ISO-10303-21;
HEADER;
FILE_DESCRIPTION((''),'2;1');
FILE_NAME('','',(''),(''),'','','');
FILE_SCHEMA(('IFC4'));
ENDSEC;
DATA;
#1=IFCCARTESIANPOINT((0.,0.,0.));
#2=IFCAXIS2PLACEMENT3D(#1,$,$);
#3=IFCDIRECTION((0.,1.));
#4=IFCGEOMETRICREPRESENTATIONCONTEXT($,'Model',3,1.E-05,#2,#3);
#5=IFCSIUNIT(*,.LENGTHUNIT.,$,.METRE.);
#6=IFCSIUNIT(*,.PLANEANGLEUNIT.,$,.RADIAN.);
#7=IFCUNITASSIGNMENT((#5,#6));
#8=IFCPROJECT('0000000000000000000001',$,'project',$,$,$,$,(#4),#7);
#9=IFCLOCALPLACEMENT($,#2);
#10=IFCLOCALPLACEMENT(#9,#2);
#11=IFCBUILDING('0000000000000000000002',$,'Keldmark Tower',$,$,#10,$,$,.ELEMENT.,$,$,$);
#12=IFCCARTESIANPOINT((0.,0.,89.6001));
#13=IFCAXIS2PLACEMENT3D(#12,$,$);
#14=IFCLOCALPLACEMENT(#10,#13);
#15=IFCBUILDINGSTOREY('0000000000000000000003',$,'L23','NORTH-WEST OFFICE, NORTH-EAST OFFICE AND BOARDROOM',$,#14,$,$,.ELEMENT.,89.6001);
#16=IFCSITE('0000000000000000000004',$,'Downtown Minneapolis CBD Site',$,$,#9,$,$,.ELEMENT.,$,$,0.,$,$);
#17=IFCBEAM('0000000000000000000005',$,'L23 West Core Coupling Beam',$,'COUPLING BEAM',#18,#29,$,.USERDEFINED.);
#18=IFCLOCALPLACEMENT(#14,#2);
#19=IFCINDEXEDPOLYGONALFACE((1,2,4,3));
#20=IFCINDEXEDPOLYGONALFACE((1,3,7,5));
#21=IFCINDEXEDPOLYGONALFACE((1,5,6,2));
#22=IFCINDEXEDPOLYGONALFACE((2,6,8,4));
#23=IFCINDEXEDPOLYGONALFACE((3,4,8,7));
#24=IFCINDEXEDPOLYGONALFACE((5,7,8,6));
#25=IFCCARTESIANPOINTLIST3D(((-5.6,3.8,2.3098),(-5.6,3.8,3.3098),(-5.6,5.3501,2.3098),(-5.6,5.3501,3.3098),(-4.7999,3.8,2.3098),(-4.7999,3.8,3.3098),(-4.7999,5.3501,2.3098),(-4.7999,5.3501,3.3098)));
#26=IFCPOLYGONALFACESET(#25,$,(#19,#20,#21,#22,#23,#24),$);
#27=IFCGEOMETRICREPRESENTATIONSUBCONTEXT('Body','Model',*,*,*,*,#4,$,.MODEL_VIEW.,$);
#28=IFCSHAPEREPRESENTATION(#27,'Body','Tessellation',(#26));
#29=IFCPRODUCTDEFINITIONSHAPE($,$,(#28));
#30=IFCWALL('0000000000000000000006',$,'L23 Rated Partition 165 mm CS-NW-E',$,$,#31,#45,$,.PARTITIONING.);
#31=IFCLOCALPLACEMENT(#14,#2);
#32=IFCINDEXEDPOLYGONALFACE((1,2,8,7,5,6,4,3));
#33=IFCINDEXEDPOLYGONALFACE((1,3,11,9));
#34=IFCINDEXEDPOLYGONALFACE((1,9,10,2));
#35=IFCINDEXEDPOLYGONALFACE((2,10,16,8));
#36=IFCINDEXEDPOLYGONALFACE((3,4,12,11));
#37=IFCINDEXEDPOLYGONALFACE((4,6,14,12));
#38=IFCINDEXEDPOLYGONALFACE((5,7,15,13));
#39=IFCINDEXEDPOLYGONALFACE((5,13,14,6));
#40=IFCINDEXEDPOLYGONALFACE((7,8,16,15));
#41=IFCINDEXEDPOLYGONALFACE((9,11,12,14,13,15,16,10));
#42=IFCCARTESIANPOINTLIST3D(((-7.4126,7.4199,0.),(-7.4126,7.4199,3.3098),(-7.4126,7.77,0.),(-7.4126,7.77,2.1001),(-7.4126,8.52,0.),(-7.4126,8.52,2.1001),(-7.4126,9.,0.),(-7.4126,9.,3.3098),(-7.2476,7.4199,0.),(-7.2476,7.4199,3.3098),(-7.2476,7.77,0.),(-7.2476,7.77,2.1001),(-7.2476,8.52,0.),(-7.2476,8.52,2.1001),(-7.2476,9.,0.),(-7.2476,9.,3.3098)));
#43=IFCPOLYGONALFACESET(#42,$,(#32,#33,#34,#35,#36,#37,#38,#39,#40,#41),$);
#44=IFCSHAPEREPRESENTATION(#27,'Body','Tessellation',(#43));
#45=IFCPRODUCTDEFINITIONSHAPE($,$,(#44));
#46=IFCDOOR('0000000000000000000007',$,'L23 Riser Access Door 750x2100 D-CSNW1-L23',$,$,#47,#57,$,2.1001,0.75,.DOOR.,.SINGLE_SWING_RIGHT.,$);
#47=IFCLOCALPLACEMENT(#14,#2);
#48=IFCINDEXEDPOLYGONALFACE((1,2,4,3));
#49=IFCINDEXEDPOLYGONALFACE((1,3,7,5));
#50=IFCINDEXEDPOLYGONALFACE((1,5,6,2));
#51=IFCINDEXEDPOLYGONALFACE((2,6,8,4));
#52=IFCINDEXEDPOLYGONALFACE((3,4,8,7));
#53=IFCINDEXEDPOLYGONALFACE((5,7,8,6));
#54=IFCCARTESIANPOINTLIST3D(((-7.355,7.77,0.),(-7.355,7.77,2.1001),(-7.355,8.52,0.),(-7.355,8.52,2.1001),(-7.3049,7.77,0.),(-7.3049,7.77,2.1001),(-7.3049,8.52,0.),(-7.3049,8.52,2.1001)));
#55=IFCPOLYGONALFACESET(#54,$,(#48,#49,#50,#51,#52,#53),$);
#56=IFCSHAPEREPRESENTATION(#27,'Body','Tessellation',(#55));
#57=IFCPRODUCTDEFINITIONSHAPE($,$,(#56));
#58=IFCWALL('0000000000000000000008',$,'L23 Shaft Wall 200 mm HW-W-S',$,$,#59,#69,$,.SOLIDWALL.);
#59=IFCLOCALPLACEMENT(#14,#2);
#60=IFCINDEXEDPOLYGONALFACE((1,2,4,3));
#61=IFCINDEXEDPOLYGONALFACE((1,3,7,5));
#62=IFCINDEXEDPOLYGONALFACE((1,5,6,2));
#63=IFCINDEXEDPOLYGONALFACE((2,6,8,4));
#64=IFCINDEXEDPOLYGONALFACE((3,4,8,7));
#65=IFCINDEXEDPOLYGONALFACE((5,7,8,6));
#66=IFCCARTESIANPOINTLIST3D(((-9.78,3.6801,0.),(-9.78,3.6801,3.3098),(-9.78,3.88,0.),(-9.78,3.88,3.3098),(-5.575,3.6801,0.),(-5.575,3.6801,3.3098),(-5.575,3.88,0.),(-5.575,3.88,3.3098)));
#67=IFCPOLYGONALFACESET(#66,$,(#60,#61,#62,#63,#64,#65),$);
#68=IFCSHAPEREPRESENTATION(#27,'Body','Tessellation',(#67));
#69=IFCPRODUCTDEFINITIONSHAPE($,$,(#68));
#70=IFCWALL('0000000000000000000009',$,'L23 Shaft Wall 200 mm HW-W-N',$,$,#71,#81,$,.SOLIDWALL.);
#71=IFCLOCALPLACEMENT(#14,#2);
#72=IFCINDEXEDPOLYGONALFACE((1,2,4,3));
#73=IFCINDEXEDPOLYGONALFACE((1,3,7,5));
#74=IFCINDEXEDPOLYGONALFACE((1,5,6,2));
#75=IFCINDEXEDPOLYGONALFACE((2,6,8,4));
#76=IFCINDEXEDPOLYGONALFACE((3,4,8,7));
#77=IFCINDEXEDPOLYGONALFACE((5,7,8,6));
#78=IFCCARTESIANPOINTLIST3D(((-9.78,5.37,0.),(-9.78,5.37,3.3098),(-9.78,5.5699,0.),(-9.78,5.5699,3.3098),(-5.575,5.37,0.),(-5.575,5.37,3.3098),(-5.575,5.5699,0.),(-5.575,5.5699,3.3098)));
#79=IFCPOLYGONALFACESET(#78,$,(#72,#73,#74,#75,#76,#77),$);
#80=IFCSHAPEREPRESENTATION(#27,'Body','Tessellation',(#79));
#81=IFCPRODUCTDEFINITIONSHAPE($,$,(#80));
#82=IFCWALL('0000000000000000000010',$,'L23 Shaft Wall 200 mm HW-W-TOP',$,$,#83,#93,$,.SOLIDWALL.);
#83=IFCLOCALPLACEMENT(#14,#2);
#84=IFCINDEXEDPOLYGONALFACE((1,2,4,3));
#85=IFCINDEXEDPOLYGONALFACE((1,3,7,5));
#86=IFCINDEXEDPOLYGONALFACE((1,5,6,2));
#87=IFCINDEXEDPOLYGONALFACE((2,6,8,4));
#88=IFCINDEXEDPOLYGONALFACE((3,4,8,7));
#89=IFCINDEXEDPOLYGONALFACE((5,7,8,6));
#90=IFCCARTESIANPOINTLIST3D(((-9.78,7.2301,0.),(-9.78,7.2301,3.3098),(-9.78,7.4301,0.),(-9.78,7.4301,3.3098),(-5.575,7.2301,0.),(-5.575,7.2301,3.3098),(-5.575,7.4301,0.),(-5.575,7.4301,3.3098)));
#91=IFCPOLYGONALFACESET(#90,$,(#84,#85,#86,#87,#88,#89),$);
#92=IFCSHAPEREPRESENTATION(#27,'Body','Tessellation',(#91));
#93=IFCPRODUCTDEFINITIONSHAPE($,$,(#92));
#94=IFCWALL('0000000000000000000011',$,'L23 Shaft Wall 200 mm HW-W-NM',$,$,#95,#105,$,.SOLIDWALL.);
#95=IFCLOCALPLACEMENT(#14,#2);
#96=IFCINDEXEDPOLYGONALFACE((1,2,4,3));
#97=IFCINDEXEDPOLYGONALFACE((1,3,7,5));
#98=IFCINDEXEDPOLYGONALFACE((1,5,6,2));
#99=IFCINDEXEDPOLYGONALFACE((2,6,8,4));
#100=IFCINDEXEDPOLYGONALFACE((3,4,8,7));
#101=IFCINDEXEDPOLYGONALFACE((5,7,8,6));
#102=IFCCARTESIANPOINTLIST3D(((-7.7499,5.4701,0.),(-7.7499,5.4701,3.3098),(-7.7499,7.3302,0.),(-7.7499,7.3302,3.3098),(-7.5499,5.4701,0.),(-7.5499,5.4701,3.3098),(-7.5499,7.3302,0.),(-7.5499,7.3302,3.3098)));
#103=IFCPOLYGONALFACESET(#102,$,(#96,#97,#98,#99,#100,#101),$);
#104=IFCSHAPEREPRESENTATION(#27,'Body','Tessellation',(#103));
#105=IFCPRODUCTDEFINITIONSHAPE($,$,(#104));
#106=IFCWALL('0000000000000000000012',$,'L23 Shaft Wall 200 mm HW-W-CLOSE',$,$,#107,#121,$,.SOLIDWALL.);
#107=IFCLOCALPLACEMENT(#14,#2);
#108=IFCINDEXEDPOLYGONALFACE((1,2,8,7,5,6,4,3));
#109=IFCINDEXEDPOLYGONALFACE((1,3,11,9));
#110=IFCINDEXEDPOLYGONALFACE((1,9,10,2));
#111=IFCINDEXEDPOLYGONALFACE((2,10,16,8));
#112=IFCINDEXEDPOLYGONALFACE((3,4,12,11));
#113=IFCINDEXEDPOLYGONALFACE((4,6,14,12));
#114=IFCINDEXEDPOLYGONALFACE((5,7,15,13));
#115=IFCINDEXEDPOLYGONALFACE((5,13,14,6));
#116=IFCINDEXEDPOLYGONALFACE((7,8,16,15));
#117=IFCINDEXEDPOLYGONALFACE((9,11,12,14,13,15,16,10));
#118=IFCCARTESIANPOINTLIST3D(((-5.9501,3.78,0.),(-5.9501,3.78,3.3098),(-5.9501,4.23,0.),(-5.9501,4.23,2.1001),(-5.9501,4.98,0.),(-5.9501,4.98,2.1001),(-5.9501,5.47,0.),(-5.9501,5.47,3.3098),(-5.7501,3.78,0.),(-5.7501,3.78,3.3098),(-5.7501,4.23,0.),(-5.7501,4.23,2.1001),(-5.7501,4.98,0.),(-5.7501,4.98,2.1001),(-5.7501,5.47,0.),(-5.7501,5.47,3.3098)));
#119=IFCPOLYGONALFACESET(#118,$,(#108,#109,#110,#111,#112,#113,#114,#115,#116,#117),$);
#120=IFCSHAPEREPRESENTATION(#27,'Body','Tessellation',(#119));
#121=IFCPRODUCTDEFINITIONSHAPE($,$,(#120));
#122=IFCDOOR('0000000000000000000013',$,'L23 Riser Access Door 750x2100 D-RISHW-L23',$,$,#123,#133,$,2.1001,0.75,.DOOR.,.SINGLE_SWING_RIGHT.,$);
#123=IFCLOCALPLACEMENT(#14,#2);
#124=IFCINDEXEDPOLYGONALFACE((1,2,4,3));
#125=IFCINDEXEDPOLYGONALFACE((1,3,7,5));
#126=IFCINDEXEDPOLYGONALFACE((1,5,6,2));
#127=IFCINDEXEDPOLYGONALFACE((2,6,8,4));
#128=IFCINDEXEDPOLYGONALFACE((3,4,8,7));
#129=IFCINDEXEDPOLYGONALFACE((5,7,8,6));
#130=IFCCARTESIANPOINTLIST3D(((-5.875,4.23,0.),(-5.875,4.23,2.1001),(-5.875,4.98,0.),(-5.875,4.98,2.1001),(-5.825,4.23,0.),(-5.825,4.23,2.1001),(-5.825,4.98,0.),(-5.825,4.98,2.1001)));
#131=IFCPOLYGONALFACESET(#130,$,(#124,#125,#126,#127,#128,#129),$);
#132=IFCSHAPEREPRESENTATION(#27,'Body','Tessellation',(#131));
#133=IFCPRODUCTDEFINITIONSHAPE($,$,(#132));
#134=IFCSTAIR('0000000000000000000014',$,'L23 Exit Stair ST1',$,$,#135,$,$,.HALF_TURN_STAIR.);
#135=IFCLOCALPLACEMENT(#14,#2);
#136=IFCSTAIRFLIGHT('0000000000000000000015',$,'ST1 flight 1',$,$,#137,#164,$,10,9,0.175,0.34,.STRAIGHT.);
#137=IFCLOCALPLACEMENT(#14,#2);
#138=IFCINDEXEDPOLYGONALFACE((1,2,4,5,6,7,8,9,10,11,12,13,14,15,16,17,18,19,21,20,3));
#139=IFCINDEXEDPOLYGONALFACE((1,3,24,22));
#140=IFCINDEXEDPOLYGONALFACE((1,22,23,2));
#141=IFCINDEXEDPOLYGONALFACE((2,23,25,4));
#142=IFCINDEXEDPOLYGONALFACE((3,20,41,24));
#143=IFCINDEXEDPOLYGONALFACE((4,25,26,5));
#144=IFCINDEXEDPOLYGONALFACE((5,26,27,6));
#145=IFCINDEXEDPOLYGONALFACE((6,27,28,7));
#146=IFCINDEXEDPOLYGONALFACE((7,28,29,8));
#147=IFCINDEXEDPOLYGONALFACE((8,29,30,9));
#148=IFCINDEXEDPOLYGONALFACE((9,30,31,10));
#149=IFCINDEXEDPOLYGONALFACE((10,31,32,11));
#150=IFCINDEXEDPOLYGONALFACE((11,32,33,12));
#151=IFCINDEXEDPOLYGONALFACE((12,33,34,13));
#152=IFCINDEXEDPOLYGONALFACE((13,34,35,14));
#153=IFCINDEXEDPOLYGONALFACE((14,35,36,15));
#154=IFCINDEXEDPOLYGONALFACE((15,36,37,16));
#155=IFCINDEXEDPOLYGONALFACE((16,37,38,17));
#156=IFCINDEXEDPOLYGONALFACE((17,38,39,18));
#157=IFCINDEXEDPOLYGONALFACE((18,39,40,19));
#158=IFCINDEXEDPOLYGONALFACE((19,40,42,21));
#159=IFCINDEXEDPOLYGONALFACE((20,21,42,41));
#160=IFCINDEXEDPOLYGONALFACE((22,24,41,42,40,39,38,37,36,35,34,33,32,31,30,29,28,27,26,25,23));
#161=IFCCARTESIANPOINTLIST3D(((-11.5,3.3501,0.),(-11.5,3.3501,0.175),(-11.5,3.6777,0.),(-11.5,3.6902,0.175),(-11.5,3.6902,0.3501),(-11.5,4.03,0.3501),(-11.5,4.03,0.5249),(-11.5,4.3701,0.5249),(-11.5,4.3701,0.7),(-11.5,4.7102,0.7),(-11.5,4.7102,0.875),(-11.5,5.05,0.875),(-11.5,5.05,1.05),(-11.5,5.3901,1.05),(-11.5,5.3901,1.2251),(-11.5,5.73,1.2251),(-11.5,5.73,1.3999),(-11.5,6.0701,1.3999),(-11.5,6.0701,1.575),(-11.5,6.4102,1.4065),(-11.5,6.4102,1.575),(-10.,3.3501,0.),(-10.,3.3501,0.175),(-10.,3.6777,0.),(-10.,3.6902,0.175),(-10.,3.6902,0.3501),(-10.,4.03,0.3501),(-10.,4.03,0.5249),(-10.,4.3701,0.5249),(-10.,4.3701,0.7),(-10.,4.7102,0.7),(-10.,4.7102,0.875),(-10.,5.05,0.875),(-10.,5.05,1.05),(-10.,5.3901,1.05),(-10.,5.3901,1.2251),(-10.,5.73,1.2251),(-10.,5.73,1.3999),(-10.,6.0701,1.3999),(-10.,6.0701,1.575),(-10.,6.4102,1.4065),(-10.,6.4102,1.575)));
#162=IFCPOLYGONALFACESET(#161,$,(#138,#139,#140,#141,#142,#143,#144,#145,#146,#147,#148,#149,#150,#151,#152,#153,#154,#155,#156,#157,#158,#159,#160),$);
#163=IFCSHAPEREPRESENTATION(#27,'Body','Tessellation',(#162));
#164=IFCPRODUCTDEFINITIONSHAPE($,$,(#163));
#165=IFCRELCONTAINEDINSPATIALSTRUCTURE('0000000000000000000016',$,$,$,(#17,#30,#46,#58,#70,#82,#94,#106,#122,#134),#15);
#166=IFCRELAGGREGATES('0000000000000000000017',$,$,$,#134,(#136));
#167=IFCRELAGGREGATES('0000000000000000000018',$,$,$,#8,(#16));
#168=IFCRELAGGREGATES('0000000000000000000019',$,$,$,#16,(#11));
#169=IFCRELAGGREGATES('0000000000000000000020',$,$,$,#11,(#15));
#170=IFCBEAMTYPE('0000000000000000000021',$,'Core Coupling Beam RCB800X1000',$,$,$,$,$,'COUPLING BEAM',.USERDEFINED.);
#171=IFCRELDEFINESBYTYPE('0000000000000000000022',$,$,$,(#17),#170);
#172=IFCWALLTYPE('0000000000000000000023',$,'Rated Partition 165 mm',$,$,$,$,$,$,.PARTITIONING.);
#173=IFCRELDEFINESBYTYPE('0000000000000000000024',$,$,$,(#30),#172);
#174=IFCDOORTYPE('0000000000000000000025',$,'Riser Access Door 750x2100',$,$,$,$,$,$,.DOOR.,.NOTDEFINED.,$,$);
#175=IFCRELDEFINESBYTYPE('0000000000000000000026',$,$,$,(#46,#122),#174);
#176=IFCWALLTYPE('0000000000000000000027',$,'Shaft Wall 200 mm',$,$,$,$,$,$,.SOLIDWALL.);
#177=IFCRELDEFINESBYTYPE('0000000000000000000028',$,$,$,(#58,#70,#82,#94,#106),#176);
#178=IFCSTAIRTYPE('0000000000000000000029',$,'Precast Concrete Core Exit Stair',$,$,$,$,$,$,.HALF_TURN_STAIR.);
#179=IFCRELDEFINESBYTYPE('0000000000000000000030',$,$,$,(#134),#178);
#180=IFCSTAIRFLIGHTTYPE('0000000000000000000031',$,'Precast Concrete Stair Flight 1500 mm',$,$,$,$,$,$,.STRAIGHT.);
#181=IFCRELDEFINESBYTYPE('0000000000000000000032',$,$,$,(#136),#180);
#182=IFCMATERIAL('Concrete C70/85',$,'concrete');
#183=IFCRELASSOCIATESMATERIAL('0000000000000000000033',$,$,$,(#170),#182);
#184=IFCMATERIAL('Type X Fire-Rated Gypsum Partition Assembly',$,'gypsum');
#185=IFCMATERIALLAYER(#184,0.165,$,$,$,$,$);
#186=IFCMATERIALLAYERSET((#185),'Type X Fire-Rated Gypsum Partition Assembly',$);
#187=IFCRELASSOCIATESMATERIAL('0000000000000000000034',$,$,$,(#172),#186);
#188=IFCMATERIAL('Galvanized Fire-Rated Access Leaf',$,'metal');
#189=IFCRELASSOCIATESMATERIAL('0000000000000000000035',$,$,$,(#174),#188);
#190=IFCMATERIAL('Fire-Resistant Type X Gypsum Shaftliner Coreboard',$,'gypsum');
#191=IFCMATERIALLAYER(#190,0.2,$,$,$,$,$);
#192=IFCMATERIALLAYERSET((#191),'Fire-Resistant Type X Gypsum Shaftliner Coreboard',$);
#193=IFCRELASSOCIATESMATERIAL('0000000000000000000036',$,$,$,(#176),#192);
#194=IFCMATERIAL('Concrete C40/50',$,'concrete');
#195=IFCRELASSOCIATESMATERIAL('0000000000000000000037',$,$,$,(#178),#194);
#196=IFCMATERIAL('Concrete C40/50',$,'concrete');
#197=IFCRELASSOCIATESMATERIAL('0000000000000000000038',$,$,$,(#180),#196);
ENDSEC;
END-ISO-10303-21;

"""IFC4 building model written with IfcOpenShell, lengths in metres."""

from ifc_helpers import new_model, si_unit, direction, frame, frame_2d, origin, origin_2d, place, context, subcontext, project, spatial, polyline, rectangle, outline, extrude, material, layer, layer_set, material_profile, profile_set, type_object, element, fill, aggregate, save


model = new_model("IFC4")

# Units and contexts
model_context = context("Model", 3, precision=1e-05, world=origin(), true_north=direction((0.0, 1.0)))
body_context = subcontext(model_context, "Body", "Model", "MODEL_VIEW")
ifc_project = project(units=[si_unit("LENGTHUNIT", "METRE"), si_unit("PLANEANGLEUNIT", "RADIAN")], contexts=[model_context])

# Site, building, storey
site_placement = place(None, origin())
site = spatial("IfcSite", under=ifc_project, at=site_placement, Name="Downtown Minneapolis CBD Site", CompositionType="ELEMENT", RefElevation=0.0)
building_placement = place(site_placement, origin())
building = spatial("IfcBuilding", under=site, at=building_placement, Name="Keldmark Tower", CompositionType="ELEMENT")
storey_placement = place(building_placement, frame((0.0, 0.0, 89.6001)))
storey = spatial("IfcBuildingStorey", under=building, at=storey_placement, Name="L23", Description="NORTH-WEST OFFICE, NORTH-EAST OFFICE AND BOARDROOM", CompositionType="ELEMENT", Elevation=89.6001)

# Beam
ifc_material_1 = material(Name="Concrete C70/85", Category="concrete")
ifc_material_profile = material_profile(ifc_material_1, rectangle(XDim=0.8, YDim=1.0, at=origin_2d()), Name="RCB800X1000")
ifc_profile_set = profile_set([ifc_material_profile], Name="Concrete C70/85")
beam_type = type_object("IfcBeamType", Name="Core Coupling Beam RCB800X1000", ElementType="COUPLING BEAM", PredefinedType="USERDEFINED", material=ifc_profile_set)
beam_placement = place(storey_placement, frame((-5.2, 3.8, 2.8098), z_axis=(0.0, 1.0, 0.0), x_axis=(-1.0, 0.0, 0.0)))
element("IfcBeam", 1, at=beam_placement, inside=storey, type_object=beam_type, Name="L23 West Core Coupling Beam", ObjectType="COUPLING BEAM", PredefinedType="USERDEFINED", context=body_context, shape_type="SweptSolid", body=[
    extrude(rectangle(XDim=0.8, YDim=1.0, at=origin_2d()), origin(), (0.0, 0.0, 1.0), 1.55),
])

# Wall, opening, door
ifc_material_2 = material(Name="Type X Fire-Rated Gypsum Partition Assembly", Category="gypsum")
ifc_layer_1 = layer(ifc_material_2, 0.165)
ifc_layer_set_1 = layer_set([ifc_layer_1], Name="Type X Fire-Rated Gypsum Partition Assembly")
wall_type_1 = type_object("IfcWallType", Name="Rated Partition 165 mm", PredefinedType="PARTITIONING", material=ifc_layer_set_1)
wall_1_placement = place(storey_placement, frame((-7.3301, 7.4199, 0.0), z_axis=(0.0, 0.0, 1.0), x_axis=(0.0, 1.0, 0.0)))
wall_1 = element("IfcWall", 2, at=wall_1_placement, inside=storey, type_object=wall_type_1, Name="L23 Rated Partition 165 mm CS-NW-E", PredefinedType="PARTITIONING", context=body_context, shape_type="SweptSolid", body=[
    extrude(rectangle(XDim=1.5801, YDim=0.165, at=frame_2d((0.79, 0.0))), origin(), (0.0, 0.0, 1.0), 3.3098),
])
opening_1_placement = place(wall_1_placement, frame((0.3501, 0.0, 0.0)))
opening_1 = element("IfcOpeningElement", 3, at=opening_1_placement, cuts=wall_1, PredefinedType="OPENING", context=body_context, shape_type="SweptSolid", body=[
    extrude(rectangle(XDim=0.75, YDim=2.1001, at=frame_2d((0.375, 1.05))), frame((0.0, 0.0925, 0.0), z_axis=(0.0, -1.0, 0.0), x_axis=(1.0, 0.0, 0.0)), (0.0, 0.0, 1.0), 0.1851),
])
ifc_material_3 = material(Name="Galvanized Fire-Rated Access Leaf", Category="metal")
door_type = type_object("IfcDoorType", Name="Riser Access Door 750x2100", OperationType="NOTDEFINED", PredefinedType="DOOR", material=ifc_material_3)
door_1_placement = place(opening_1_placement, origin())
door_1 = element("IfcDoor", 4, at=door_1_placement, inside=storey, type_object=door_type, Name="L23 Riser Access Door 750x2100 D-CSNW1-L23", OperationType="SINGLE_SWING_RIGHT", OverallHeight=2.1001, OverallWidth=0.75, PredefinedType="DOOR", context=body_context, shape_type="SweptSolid", body=[
    extrude(rectangle(XDim=0.75, YDim=2.1001, at=frame_2d((0.375, 1.05))), frame((0.0, 0.0249, 0.0), z_axis=(0.0, -1.0, 0.0), x_axis=(1.0, 0.0, 0.0)), (0.0, 0.0, 1.0), 0.05),
])
fill(opening_1, door_1)

# Walls
ifc_material_4 = material(Name="Fire-Resistant Type X Gypsum Shaftliner Coreboard", Category="gypsum")
ifc_layer_2 = layer(ifc_material_4, 0.2)
ifc_layer_set_2 = layer_set([ifc_layer_2], Name="Fire-Resistant Type X Gypsum Shaftliner Coreboard")
wall_type_2 = type_object("IfcWallType", Name="Shaft Wall 200 mm", PredefinedType="SOLIDWALL", material=ifc_layer_set_2)
for number, where, z_axis, x_axis, name in (
    (5, (-9.78, 3.78, 0.0), (0.0, 0.0, 1.0), (1.0, 0.0, 0.0), "L23 Shaft Wall 200 mm HW-W-S"),
    (6, (-9.78, 5.47, 0.0), (0.0, 0.0, 1.0), (1.0, 0.0, 0.0), "L23 Shaft Wall 200 mm HW-W-N"),
    (7, (-9.78, 7.3301, 0.0), (0.0, 0.0, 1.0), (1.0, 0.0, 0.0), "L23 Shaft Wall 200 mm HW-W-TOP"),
):
    element("IfcWall", number, at=place(storey_placement, frame(where, z_axis=z_axis, x_axis=x_axis)), inside=storey, type_object=wall_type_2, Name=name, PredefinedType="SOLIDWALL", context=body_context, shape_type="SweptSolid", body=[
        extrude(rectangle(XDim=4.2051, YDim=0.2, at=frame_2d((2.1025, 0.0))), origin(), (0.0, 0.0, 1.0), 3.3098),
    ])
wall_2_placement = place(storey_placement, frame((-7.6499, 5.47, 0.0), z_axis=(0.0, 0.0, 1.0), x_axis=(0.0, 1.0, 0.0)))
element("IfcWall", 8, at=wall_2_placement, inside=storey, type_object=wall_type_2, Name="L23 Shaft Wall 200 mm HW-W-NM", PredefinedType="SOLIDWALL", context=body_context, shape_type="SweptSolid", body=[
    extrude(rectangle(XDim=1.8601, YDim=0.2, at=frame_2d((0.9302, 0.0))), origin(), (0.0, 0.0, 1.0), 3.3098),
])

# Wall, opening, door
wall_3_placement = place(storey_placement, frame((-5.8501, 3.78, 0.0), z_axis=(0.0, 0.0, 1.0), x_axis=(0.0, 1.0, 0.0)))
wall_3 = element("IfcWall", 9, at=wall_3_placement, inside=storey, type_object=wall_type_2, Name="L23 Shaft Wall 200 mm HW-W-CLOSE", PredefinedType="SOLIDWALL", context=body_context, shape_type="SweptSolid", body=[
    extrude(rectangle(XDim=1.6899, YDim=0.2, at=frame_2d((0.845, 0.0))), origin(), (0.0, 0.0, 1.0), 3.3098),
])
opening_2_placement = place(wall_3_placement, frame((0.45, 0.0, 0.0)))
opening_2 = element("IfcOpeningElement", 10, at=opening_2_placement, cuts=wall_3, PredefinedType="OPENING", context=body_context, shape_type="SweptSolid", body=[
    extrude(rectangle(XDim=0.75, YDim=2.1001, at=frame_2d((0.375, 1.05))), frame((0.0, 0.1099, 0.0), z_axis=(0.0, -1.0, 0.0), x_axis=(1.0, 0.0, 0.0)), (0.0, 0.0, 1.0), 0.22),
])
door_2_placement = place(opening_2_placement, origin())
door_2 = element("IfcDoor", 11, at=door_2_placement, inside=storey, type_object=door_type, Name="L23 Riser Access Door 750x2100 D-RISHW-L23", OperationType="SINGLE_SWING_RIGHT", OverallHeight=2.1001, OverallWidth=0.75, PredefinedType="DOOR", context=body_context, shape_type="SweptSolid", body=[
    extrude(rectangle(XDim=0.75, YDim=2.1001, at=frame_2d((0.375, 1.05))), frame((0.0, 0.0249, 0.0), z_axis=(0.0, -1.0, 0.0), x_axis=(1.0, 0.0, 0.0)), (0.0, 0.0, 1.0), 0.05),
])
fill(opening_2, door_2)

# Stair, stair flight
ifc_material_5 = material(Name="Concrete C40/50", Category="concrete")
stair_type = type_object("IfcStairType", Name="Precast Concrete Core Exit Stair", PredefinedType="HALF_TURN_STAIR", material=ifc_material_5)
stair_placement = place(storey_placement, origin())
stair = element("IfcStair", 12, at=stair_placement, inside=storey, type_object=stair_type, Name="L23 Exit Stair ST1", PredefinedType="HALF_TURN_STAIR")
ifc_material_6 = material(Name="Concrete C40/50", Category="concrete")
stair_flight_type = type_object("IfcStairFlightType", Name="Precast Concrete Stair Flight 1500 mm", PredefinedType="STRAIGHT", material=ifc_material_6)
stair_flight_1_placement = place(storey_placement, frame((-10.75, 3.3501, 0.0), z_axis=(0.0, 0.0, 1.0), x_axis=(0.0, 1.0, 0.0)))
stair_flight_1 = element("IfcStairFlight", 13, at=stair_flight_1_placement, type_object=stair_flight_type, Name="ST1 flight 1", NumberOfRisers=10, NumberOfTreads=9, PredefinedType="STRAIGHT", RiserHeight=0.175, TreadLength=0.34, context=body_context, shape_type="SweptSolid", body=[
    extrude(outline(polyline([(0.0, 0.0), (0.0, 0.175), (0.3401, 0.175), (0.3401, 0.3501), (0.6799, 0.3501), (0.6799, 0.5249), (1.02, 0.5249), (1.02, 0.7), (1.3601, 0.7), (1.3601, 0.875), (1.7, 0.875), (1.7, 1.05), (2.04, 1.05), (2.04, 1.2251), (2.3799, 1.2251), (2.3799, 1.3999), (2.72, 1.3999), (2.72, 1.575), (3.0601, 1.575), (3.0601, 1.75), (3.0601, 1.4065), (0.3276, 0.0), (0.0, 0.0)])), frame((0.0, 0.75, 0.0), z_axis=(0.0, -1.0, 0.0), x_axis=(1.0, 0.0, 0.0)), (0.0, 0.0, 1.0), 1.5),
])
aggregate(stair, [stair_flight_1])

save(model, "model.ifc")
